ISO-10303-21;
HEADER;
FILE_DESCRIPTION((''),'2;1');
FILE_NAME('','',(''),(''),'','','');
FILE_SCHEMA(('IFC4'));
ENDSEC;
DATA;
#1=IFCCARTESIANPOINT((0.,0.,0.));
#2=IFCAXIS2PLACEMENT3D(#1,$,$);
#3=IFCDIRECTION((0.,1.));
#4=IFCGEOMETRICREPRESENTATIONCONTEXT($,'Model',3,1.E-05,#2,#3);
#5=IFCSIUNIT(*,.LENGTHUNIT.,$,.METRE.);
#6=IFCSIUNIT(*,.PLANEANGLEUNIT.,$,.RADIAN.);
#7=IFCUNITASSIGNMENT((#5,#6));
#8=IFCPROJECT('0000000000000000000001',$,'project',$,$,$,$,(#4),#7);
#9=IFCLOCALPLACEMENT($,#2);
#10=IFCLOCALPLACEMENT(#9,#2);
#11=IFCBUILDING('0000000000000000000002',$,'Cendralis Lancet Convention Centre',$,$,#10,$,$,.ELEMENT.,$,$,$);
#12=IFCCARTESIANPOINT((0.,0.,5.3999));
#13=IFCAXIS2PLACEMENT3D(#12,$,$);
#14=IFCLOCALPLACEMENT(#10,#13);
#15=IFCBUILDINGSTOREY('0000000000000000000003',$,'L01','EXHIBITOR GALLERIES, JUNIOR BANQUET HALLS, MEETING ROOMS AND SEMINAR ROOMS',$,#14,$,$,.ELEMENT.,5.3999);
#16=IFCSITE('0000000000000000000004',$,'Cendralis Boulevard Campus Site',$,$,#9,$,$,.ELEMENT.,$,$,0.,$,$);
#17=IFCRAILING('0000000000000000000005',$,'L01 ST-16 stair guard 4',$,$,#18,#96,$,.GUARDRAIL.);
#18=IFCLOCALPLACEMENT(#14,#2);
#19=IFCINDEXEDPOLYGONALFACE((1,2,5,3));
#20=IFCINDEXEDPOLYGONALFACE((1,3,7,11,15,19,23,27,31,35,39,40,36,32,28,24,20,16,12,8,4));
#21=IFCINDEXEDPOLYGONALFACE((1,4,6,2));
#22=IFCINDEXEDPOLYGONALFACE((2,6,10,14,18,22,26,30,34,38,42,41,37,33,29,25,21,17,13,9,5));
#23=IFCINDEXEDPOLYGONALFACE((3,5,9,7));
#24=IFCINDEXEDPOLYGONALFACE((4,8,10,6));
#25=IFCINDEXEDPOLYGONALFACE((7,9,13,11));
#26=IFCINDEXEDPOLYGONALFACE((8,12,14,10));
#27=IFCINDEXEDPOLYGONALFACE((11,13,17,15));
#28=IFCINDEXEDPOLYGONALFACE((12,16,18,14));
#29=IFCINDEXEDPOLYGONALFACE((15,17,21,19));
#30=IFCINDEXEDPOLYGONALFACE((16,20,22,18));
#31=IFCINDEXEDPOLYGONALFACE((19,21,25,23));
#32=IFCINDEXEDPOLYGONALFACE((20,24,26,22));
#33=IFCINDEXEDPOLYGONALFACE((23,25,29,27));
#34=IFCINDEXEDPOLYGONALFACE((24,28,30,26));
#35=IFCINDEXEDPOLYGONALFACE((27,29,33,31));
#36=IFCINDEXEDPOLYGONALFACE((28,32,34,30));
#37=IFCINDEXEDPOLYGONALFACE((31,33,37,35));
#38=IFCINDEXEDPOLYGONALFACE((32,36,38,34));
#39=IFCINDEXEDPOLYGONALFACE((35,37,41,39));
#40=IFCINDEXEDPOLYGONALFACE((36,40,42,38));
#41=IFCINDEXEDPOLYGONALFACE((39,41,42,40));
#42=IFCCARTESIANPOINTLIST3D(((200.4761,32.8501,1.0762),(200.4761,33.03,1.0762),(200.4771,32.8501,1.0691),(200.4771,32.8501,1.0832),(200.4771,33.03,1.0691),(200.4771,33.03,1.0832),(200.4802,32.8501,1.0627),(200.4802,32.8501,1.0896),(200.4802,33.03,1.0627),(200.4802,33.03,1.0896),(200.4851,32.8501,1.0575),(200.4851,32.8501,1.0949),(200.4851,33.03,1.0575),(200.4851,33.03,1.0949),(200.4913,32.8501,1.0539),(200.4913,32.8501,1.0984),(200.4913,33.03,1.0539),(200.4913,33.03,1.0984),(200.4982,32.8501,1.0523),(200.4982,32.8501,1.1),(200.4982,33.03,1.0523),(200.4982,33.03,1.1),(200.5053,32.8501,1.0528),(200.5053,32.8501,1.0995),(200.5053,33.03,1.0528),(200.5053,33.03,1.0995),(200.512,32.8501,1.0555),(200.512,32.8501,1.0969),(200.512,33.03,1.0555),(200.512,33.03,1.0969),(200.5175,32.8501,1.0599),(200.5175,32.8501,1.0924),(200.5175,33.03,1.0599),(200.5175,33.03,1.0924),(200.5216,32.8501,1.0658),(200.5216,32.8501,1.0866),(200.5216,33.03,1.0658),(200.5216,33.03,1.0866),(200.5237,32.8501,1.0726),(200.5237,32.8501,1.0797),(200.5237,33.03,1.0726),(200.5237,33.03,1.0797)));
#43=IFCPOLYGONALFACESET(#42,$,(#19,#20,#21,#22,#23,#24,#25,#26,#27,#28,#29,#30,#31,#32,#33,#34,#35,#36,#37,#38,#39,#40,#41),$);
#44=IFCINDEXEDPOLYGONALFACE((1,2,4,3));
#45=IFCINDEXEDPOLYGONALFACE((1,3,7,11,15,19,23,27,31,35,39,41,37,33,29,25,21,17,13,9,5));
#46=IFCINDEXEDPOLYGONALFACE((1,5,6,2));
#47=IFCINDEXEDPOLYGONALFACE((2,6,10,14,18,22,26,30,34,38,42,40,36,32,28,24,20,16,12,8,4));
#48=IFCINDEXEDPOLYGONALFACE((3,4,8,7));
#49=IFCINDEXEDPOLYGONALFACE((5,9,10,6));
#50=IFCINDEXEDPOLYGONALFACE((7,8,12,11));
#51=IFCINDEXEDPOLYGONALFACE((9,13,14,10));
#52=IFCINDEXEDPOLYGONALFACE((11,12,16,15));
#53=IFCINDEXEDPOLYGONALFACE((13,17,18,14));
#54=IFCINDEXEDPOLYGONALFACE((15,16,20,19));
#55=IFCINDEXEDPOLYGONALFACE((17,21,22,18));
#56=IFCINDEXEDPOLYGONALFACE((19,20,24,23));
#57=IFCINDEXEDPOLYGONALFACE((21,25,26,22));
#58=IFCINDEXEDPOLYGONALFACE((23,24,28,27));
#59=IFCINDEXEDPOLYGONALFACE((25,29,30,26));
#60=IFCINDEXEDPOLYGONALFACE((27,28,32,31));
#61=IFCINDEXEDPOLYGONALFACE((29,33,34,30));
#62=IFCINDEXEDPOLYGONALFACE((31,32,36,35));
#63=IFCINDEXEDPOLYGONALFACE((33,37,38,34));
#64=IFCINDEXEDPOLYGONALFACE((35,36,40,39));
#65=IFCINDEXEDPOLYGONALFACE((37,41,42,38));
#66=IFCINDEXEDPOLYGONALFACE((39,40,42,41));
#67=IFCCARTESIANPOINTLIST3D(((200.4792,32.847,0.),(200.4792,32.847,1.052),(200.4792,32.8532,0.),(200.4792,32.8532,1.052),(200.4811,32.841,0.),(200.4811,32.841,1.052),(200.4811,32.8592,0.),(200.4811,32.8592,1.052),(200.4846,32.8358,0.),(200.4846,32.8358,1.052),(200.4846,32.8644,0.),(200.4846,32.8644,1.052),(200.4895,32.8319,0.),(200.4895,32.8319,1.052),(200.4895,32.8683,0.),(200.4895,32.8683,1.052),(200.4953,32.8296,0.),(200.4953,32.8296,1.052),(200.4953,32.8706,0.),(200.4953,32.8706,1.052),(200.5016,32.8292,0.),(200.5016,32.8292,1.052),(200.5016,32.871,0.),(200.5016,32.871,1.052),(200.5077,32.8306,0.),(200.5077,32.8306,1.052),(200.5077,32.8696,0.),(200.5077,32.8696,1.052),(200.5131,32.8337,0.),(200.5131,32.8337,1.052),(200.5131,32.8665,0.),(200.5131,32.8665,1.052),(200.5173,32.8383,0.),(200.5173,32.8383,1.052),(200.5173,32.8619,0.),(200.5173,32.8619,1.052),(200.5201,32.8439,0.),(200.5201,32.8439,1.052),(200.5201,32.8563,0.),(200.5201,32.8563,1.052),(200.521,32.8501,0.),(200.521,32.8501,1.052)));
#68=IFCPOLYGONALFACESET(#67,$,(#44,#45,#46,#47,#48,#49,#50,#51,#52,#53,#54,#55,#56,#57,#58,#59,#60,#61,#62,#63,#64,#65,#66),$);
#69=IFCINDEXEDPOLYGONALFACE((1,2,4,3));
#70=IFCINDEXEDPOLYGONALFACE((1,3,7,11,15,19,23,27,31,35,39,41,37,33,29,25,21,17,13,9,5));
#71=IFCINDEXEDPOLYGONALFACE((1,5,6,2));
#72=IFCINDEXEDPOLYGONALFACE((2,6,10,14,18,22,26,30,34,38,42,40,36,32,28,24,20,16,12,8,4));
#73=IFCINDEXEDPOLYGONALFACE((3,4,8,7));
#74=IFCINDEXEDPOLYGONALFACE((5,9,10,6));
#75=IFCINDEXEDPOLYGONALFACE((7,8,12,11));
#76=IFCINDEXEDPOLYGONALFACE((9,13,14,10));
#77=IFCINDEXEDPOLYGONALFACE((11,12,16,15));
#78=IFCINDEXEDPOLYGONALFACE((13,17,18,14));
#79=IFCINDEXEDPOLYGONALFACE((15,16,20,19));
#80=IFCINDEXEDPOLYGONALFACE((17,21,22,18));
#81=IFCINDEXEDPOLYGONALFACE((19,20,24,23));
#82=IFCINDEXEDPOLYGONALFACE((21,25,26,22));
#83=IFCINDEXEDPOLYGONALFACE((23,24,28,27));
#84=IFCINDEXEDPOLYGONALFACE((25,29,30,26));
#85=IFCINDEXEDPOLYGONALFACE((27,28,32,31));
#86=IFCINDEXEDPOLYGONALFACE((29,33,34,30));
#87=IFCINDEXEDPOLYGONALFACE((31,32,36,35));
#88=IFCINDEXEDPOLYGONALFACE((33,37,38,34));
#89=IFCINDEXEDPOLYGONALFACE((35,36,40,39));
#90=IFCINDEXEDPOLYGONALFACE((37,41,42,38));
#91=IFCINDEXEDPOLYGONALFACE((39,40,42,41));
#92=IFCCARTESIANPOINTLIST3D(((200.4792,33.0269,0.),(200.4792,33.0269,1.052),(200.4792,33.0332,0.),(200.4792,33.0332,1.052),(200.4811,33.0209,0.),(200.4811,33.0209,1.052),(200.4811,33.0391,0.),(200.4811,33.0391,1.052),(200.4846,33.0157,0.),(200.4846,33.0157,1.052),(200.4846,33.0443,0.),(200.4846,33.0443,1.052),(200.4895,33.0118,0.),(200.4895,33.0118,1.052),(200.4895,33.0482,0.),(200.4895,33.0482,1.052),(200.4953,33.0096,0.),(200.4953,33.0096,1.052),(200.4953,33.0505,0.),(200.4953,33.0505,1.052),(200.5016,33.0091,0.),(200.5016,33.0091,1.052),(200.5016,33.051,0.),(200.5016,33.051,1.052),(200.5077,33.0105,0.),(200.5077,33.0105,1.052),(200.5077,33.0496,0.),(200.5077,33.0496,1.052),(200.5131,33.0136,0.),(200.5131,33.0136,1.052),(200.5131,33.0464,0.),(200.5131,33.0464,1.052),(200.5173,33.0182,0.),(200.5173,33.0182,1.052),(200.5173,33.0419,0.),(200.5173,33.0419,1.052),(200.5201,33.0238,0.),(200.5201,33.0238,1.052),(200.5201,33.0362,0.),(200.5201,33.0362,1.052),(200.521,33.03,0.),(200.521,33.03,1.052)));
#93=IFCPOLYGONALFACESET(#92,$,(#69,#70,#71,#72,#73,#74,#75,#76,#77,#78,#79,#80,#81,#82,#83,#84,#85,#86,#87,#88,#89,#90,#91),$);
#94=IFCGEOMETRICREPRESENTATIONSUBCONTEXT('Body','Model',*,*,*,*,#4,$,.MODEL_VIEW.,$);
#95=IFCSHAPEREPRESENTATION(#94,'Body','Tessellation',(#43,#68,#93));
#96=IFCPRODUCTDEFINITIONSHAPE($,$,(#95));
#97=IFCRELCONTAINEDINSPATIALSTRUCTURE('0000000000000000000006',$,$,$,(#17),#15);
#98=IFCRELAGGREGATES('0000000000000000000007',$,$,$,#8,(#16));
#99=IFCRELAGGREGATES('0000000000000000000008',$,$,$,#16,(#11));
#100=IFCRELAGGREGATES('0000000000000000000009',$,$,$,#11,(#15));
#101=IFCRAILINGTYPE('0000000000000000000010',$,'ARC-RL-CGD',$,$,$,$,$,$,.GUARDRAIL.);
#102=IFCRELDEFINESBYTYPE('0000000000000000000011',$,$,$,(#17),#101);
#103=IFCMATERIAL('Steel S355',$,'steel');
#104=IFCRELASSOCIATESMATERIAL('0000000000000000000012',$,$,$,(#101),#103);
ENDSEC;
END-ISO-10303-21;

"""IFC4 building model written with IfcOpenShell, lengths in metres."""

from ifc_helpers import new_model, si_unit, direction, frame, origin, origin_2d, place, context, subcontext, project, spatial, circle, extrude, material, type_object, element, save


model = new_model("IFC4")

# Units and contexts
model_context = context("Model", 3, precision=1e-05, world=origin(), true_north=direction((0.0, 1.0)))
body_context = subcontext(model_context, "Body", "Model", "MODEL_VIEW")
ifc_project = project(units=[si_unit("LENGTHUNIT", "METRE"), si_unit("PLANEANGLEUNIT", "RADIAN")], contexts=[model_context])

# Site, building, storey
site_placement = place(None, origin())
site = spatial("IfcSite", under=ifc_project, at=site_placement, Name="Cendralis Boulevard Campus Site", CompositionType="ELEMENT", RefElevation=0.0)
building_placement = place(site_placement, origin())
building = spatial("IfcBuilding", under=site, at=building_placement, Name="Cendralis Lancet Convention Centre", CompositionType="ELEMENT")
storey_placement = place(building_placement, frame((0.0, 0.0, 5.3999)))
storey = spatial("IfcBuildingStorey", under=building, at=storey_placement, Name="L01", Description="EXHIBITOR GALLERIES, JUNIOR BANQUET HALLS, MEETING ROOMS AND SEMINAR ROOMS", CompositionType="ELEMENT", Elevation=5.3999)

# Shared definitions
ifc_material_1 = material(Name="Steel S355", Category="steel")

# Railing
railing_type_1 = type_object("IfcRailingType", Name="ARC-RL-CGD", PredefinedType="GUARDRAIL", material=ifc_material_1)
railing_1_placement = place(storey_placement, frame((200.5, 32.8501, 0.0)))
element("IfcRailing", 1, at=railing_1_placement, inside=storey, type_object=railing_type_1, Name="L01 ST-16 stair guard 4", PredefinedType="GUARDRAIL", context=body_context, shape_type="SweptSolid", body=[
    extrude(circle(Radius=0.0239, at=origin_2d()), frame((0.0, 0.0, 1.0762), z_axis=(0.0, 1.0, 0.0), x_axis=(-1.0, 0.0, 0.0)), (0.0, 0.0, 1.0), 0.1799),
    extrude(circle(Radius=0.021, at=origin_2d()), origin(), (0.0, 0.0, 1.0), 1.052),
    extrude(circle(Radius=0.021, at=origin_2d()), frame((0.0, 0.1799, 0.0)), (0.0, 0.0, 1.0), 1.052),
])

save(model, "model.ifc")
